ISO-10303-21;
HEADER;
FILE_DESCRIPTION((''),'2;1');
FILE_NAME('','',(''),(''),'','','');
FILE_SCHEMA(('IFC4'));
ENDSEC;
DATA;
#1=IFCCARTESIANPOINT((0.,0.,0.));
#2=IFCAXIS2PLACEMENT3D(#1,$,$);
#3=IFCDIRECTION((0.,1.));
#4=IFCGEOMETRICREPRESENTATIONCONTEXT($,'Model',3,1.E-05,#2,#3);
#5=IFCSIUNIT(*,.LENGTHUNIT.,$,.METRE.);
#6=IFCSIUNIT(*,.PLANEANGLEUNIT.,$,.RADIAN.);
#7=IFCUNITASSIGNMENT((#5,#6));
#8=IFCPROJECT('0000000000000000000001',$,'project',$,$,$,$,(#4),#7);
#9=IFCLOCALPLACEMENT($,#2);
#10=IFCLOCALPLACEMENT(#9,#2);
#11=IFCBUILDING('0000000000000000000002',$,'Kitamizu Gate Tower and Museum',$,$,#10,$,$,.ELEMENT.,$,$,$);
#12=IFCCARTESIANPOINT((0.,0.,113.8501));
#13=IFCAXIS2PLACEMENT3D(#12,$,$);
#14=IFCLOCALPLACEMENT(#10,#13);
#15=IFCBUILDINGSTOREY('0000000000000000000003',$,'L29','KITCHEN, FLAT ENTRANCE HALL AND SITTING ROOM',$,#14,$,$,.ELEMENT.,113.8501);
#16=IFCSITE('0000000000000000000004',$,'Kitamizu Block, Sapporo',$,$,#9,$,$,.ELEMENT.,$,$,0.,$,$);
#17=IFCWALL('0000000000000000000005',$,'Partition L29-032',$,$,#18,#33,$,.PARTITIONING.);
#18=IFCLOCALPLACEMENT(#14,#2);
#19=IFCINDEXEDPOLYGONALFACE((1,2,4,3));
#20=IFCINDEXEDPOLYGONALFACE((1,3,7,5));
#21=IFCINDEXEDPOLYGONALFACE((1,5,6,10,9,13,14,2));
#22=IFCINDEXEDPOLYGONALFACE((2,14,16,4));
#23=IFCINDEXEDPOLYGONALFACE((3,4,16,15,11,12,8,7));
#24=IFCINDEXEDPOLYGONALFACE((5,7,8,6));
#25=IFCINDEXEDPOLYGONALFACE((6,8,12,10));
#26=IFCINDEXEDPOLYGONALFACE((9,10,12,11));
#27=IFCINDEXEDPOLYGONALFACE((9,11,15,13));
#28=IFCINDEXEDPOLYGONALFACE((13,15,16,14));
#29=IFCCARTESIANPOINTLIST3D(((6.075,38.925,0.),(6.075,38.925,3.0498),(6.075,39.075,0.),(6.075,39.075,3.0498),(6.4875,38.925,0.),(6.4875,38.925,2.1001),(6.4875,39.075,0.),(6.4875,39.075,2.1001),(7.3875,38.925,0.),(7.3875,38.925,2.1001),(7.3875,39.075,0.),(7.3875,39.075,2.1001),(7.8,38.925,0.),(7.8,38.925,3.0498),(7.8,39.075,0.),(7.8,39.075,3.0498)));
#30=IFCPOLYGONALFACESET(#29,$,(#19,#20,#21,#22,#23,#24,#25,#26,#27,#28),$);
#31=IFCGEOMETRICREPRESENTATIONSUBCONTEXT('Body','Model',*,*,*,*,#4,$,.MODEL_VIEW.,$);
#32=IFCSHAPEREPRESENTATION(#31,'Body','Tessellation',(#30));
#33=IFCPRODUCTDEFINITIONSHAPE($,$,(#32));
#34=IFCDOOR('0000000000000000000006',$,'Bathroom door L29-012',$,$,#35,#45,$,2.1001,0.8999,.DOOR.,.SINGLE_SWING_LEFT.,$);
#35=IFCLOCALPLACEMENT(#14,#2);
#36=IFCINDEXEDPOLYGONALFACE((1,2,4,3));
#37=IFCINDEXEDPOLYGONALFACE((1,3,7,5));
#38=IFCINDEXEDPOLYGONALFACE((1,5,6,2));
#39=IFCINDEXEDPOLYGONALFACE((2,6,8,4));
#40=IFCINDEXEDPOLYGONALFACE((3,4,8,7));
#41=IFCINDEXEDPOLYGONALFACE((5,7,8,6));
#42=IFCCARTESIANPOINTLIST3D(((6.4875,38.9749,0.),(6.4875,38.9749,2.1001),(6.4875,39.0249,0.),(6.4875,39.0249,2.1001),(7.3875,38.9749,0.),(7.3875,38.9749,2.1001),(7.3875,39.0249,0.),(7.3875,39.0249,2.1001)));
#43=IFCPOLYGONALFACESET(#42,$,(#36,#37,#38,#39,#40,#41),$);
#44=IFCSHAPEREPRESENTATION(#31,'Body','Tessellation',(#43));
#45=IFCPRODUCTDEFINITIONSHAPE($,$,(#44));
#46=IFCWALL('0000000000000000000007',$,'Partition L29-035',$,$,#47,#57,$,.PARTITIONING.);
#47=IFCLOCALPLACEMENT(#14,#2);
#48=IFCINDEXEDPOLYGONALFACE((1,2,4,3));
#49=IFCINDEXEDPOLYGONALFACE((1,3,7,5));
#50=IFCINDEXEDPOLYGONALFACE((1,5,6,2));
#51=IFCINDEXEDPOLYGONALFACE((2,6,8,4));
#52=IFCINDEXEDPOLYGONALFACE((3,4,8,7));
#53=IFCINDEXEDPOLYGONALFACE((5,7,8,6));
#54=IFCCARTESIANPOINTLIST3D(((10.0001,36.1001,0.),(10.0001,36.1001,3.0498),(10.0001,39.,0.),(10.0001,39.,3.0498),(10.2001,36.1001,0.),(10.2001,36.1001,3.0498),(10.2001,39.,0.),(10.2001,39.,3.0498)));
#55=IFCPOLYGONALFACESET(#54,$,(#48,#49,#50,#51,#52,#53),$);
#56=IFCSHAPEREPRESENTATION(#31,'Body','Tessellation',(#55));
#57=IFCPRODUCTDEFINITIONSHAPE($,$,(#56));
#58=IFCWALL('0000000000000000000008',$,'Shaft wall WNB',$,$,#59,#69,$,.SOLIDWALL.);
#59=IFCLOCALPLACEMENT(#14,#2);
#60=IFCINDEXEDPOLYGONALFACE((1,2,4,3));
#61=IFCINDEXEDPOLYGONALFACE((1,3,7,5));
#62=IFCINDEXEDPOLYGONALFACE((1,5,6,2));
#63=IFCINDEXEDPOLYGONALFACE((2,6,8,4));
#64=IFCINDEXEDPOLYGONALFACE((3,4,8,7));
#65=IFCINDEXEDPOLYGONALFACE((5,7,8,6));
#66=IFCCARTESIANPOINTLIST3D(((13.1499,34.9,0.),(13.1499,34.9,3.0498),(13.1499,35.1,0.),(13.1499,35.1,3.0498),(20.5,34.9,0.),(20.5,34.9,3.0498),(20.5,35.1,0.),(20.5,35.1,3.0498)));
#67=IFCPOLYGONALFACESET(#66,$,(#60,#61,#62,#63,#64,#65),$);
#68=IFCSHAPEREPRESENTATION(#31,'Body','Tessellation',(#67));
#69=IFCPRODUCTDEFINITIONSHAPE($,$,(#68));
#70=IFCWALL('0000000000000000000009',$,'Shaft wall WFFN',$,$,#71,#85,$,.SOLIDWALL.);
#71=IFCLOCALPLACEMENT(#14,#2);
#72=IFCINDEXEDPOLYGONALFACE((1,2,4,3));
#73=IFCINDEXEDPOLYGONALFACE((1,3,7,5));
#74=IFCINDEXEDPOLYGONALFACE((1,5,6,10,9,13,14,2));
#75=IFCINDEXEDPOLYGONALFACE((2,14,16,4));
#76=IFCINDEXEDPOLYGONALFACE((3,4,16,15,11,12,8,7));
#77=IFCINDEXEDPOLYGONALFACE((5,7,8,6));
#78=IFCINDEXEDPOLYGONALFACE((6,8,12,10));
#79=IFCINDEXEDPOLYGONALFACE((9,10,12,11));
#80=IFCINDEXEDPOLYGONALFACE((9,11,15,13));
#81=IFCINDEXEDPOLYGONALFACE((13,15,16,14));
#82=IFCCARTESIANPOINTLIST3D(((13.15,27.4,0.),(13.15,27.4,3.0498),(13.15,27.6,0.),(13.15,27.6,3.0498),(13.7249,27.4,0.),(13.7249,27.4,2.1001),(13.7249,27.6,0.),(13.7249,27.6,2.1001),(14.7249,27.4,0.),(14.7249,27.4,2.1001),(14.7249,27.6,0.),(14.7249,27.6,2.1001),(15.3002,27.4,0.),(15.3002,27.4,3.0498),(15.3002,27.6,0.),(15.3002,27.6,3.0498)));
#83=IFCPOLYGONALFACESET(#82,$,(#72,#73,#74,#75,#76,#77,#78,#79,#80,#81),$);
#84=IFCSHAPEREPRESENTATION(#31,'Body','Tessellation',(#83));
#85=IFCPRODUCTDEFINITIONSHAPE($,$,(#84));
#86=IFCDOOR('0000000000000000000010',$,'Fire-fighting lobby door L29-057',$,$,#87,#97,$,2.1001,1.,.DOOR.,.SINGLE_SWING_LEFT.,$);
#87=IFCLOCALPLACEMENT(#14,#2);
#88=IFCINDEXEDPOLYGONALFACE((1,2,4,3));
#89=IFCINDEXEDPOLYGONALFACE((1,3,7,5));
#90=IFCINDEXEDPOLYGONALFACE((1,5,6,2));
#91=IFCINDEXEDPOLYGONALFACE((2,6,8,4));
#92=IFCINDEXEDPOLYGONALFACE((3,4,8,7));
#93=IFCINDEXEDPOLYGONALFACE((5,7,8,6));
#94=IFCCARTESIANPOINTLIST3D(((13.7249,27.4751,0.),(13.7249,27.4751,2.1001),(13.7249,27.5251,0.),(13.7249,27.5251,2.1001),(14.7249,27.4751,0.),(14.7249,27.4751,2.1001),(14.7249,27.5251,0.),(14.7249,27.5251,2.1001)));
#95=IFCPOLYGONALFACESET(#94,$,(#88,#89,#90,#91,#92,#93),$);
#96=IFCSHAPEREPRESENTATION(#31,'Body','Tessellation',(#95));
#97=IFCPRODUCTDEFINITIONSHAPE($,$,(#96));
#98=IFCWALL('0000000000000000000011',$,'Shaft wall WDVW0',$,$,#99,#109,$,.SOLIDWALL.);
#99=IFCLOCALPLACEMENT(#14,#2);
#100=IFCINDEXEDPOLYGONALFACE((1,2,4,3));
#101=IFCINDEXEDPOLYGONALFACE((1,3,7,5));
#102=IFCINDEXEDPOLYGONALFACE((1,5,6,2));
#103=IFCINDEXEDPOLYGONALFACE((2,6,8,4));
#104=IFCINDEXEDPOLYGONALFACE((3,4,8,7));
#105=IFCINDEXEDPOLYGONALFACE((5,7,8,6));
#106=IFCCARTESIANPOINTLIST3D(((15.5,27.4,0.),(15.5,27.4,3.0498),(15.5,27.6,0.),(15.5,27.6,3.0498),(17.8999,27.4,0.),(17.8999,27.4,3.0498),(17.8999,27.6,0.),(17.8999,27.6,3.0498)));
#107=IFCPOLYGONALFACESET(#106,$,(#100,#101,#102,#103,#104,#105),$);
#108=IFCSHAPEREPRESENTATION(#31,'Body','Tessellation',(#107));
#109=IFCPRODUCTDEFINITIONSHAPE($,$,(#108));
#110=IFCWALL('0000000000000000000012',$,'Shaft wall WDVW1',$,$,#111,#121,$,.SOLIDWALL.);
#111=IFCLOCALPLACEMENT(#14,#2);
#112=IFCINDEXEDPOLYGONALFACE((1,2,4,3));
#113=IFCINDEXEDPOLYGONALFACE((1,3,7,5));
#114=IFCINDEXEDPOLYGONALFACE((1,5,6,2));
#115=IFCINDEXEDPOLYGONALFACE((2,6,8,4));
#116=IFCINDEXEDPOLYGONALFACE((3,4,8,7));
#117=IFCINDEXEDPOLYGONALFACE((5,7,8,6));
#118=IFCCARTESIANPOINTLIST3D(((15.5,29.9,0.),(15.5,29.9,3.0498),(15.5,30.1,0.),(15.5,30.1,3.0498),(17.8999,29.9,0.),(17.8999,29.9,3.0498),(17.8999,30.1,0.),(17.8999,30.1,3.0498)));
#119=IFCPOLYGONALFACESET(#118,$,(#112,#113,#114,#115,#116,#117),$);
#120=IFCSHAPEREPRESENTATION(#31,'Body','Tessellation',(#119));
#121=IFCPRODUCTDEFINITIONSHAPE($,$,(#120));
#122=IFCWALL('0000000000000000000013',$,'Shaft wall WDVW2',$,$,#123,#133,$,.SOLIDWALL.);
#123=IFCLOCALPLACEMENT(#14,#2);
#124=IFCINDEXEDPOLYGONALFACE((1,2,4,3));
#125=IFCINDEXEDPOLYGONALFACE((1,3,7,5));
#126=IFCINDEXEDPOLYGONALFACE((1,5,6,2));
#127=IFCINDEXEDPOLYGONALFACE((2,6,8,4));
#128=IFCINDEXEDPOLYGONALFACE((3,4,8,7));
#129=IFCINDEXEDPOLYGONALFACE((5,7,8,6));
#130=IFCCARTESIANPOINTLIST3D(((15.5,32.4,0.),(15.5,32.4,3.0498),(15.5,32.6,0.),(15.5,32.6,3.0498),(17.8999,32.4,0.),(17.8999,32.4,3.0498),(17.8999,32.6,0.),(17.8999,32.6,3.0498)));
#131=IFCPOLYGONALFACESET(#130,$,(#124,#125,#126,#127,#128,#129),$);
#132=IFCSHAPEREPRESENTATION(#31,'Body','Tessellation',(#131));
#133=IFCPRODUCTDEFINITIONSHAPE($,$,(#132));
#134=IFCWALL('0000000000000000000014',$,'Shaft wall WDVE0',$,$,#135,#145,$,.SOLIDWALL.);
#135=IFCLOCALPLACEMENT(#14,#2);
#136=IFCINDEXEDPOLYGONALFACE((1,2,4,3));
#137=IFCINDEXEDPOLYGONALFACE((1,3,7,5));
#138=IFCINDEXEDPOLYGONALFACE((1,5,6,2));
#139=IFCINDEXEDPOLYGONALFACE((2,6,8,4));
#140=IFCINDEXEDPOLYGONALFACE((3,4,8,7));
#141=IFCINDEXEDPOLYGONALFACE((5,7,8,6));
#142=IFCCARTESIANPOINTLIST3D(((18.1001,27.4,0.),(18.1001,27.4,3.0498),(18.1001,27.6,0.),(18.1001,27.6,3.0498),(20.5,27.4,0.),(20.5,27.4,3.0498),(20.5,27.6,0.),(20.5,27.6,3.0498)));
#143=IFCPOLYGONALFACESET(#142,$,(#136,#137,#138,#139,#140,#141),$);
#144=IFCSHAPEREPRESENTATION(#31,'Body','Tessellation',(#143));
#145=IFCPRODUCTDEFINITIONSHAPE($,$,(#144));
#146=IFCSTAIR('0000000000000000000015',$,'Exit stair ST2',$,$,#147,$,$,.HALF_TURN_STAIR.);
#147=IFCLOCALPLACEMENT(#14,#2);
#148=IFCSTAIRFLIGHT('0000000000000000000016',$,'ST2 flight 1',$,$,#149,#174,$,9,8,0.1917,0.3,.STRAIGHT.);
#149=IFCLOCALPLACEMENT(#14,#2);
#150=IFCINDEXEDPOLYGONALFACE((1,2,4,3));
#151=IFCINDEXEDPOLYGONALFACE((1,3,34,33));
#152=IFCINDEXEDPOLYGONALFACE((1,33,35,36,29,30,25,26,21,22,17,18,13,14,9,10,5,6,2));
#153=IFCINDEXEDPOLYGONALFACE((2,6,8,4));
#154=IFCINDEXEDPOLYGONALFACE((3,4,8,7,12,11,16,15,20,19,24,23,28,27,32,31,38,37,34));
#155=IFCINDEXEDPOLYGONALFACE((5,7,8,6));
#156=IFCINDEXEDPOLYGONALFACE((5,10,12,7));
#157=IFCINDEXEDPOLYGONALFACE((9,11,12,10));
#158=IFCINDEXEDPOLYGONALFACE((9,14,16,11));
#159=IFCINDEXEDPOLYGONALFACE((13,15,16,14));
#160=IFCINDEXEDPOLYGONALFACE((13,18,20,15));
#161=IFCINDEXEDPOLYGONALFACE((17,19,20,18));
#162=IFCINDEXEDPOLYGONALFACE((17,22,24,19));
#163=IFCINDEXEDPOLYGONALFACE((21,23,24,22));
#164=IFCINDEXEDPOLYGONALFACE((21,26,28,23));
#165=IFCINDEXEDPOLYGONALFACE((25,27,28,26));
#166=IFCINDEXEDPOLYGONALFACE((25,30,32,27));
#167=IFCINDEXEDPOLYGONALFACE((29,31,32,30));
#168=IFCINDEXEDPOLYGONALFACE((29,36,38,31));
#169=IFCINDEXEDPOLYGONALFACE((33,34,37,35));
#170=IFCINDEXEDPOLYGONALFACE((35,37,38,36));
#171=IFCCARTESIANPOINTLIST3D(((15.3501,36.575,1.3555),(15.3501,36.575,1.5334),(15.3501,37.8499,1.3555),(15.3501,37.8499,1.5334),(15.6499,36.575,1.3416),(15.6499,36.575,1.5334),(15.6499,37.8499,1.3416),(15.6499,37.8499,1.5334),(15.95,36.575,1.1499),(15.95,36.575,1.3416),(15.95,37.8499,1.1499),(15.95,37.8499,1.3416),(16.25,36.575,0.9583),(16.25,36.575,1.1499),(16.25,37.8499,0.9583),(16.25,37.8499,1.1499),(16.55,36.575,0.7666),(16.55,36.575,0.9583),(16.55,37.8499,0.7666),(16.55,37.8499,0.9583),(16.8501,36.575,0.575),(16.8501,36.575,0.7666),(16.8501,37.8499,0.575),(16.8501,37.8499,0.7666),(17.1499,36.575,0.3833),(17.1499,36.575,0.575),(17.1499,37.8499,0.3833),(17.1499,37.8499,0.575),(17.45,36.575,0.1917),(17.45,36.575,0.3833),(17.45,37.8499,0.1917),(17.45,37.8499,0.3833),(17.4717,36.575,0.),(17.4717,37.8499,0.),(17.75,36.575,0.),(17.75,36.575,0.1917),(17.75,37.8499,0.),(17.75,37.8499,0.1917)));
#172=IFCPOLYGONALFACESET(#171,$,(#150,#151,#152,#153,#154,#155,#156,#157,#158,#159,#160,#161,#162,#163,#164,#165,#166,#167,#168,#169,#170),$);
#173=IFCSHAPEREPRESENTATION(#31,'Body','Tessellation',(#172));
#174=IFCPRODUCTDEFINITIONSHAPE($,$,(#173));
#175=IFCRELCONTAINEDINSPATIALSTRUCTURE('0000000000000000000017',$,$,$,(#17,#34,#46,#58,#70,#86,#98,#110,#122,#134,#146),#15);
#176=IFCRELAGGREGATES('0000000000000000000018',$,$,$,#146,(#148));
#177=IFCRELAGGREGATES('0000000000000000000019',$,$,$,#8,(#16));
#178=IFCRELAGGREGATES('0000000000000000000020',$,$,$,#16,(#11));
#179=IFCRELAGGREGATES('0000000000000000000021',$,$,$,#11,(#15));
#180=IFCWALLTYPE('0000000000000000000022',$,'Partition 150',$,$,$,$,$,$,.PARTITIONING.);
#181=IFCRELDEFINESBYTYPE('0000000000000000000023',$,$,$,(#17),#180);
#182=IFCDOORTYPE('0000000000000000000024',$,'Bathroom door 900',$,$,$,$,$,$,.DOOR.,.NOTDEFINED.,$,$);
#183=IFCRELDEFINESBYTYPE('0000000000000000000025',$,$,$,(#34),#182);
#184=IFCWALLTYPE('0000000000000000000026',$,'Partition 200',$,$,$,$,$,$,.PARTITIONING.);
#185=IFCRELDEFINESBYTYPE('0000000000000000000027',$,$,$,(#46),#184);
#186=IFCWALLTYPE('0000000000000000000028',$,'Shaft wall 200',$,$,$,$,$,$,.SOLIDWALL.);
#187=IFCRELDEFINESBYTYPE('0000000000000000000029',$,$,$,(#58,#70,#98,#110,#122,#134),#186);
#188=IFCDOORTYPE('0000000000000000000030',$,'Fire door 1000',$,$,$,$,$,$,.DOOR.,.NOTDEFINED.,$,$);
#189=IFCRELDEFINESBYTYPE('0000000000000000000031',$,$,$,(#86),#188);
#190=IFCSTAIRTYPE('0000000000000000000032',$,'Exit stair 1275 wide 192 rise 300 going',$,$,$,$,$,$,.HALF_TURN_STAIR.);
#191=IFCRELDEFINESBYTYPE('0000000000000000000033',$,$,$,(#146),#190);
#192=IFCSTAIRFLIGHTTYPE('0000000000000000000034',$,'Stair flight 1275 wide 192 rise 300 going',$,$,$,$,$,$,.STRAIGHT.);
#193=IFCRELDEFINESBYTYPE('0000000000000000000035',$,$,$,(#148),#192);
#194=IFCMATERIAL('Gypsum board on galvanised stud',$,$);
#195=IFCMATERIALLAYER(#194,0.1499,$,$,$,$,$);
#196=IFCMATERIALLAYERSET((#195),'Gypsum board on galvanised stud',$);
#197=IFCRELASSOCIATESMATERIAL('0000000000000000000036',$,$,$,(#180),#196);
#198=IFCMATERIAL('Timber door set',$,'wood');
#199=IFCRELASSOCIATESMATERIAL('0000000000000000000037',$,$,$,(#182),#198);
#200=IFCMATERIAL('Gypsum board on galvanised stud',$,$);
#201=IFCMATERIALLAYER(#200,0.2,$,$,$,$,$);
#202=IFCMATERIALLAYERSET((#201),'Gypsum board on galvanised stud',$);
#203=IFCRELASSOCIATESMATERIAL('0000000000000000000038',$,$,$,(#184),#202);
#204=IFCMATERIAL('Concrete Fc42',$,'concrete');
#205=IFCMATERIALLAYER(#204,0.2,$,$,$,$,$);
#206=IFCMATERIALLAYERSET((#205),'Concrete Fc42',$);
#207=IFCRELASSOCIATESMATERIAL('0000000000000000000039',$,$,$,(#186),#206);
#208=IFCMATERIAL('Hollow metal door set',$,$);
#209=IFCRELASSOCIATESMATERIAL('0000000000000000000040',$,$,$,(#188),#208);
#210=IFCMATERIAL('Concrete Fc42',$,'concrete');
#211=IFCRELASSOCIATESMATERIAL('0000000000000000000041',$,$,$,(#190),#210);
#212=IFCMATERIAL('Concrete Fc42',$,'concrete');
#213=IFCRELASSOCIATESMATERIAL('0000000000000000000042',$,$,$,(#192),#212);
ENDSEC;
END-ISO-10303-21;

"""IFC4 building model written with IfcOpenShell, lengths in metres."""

from ifc_helpers import new_model, si_unit, direction, frame, frame_2d, origin, place, context, subcontext, project, spatial, polyline, rectangle, outline, extrude, material, layer, layer_set, type_object, element, fill, aggregate, save


model = new_model("IFC4")

# Units and contexts
model_context = context("Model", 3, precision=1e-05, world=origin(), true_north=direction((0.0, 1.0)))
body_context = subcontext(model_context, "Body", "Model", "MODEL_VIEW")
ifc_project = project(units=[si_unit("LENGTHUNIT", "METRE"), si_unit("PLANEANGLEUNIT", "RADIAN")], contexts=[model_context])

# Site, building, storey
site_placement = place(None, origin())
site = spatial("IfcSite", under=ifc_project, at=site_placement, Name="Kitamizu Block, Sapporo", CompositionType="ELEMENT", RefElevation=0.0)
building_placement = place(site_placement, origin())
building = spatial("IfcBuilding", under=site, at=building_placement, Name="Kitamizu Gate Tower and Museum", CompositionType="ELEMENT")
storey_placement = place(building_placement, frame((0.0, 0.0, 113.8501)))
storey = spatial("IfcBuildingStorey", under=building, at=storey_placement, Name="L29", Description="KITCHEN, FLAT ENTRANCE HALL AND SITTING ROOM", CompositionType="ELEMENT", Elevation=113.8501)

# Shared definitions
ifc_material_1 = material(Name="Gypsum board on galvanised stud")
ifc_layer_1 = layer(ifc_material_1, 0.1499)
ifc_layer_set_1 = layer_set([ifc_layer_1], Name="Gypsum board on galvanised stud")
wall_type_1 = type_object("IfcWallType", Name="Partition 150", PredefinedType="PARTITIONING", material=ifc_layer_set_1)

# Wall, opening, door
wall_1_placement = place(storey_placement, frame((7.8, 39.0, 0.0), z_axis=(0.0, 0.0, 1.0), x_axis=(-1.0, 0.0, 0.0)))
wall_1 = element("IfcWall", 1, at=wall_1_placement, inside=storey, type_object=wall_type_1, Name="Partition L29-032", PredefinedType="PARTITIONING", context=body_context, shape_type="SweptSolid", body=[
    extrude(rectangle(XDim=1.7251, YDim=0.1499, at=frame_2d((0.8625, 0.0))), origin(), (0.0, 0.0, 1.0), 3.0498),
])
opening_1_placement = place(wall_1_placement, frame((0.4126, 0.0, 0.0)))
opening_1 = element("IfcOpeningElement", 2, at=opening_1_placement, cuts=wall_1, PredefinedType="OPENING", context=body_context, shape_type="SweptSolid", body=[
    extrude(rectangle(XDim=0.8999, YDim=2.1001, at=frame_2d((0.45, 1.05))), frame((0.0, 0.085, 0.0), z_axis=(0.0, -1.0, 0.0), x_axis=(1.0, 0.0, 0.0)), (0.0, 0.0, 1.0), 0.1699),
])
ifc_material_2 = material(Name="Timber door set", Category="wood")
door_type_1 = type_object("IfcDoorType", Name="Bathroom door 900", OperationType="NOTDEFINED", PredefinedType="DOOR", material=ifc_material_2)
door_1_placement = place(opening_1_placement, frame((0.8999, 0.0, 0.0), x_axis=(-1.0, 0.0, 0.0)))
door_1 = element("IfcDoor", 3, at=door_1_placement, inside=storey, type_object=door_type_1, Name="Bathroom door L29-012", OperationType="SINGLE_SWING_LEFT", OverallHeight=2.1001, OverallWidth=0.8999, PredefinedType="DOOR", context=body_context, shape_type="SweptSolid", body=[
    extrude(rectangle(XDim=0.8999, YDim=2.1001, at=frame_2d((0.45, 1.05))), frame((0.0, 0.0249, 0.0), z_axis=(0.0, -1.0, 0.0), x_axis=(1.0, 0.0, 0.0)), (0.0, 0.0, 1.0), 0.05),
])
fill(opening_1, door_1)

# Walls
ifc_material_3 = material(Name="Gypsum board on galvanised stud")
ifc_layer_2 = layer(ifc_material_3, 0.2)
ifc_layer_set_2 = layer_set([ifc_layer_2], Name="Gypsum board on galvanised stud")
wall_type_2 = type_object("IfcWallType", Name="Partition 200", PredefinedType="PARTITIONING", material=ifc_layer_set_2)
wall_2_placement = place(storey_placement, frame((10.1001, 36.1001, 0.0), z_axis=(0.0, 0.0, 1.0), x_axis=(0.0, 1.0, 0.0)))
element("IfcWall", 4, at=wall_2_placement, inside=storey, type_object=wall_type_2, Name="Partition L29-035", PredefinedType="PARTITIONING", context=body_context, shape_type="SweptSolid", body=[
    extrude(rectangle(XDim=2.8999, YDim=0.2, at=frame_2d((1.45, 0.0))), origin(), (0.0, 0.0, 1.0), 3.0498),
])
ifc_material_4 = material(Name="Concrete Fc42", Category="concrete")
ifc_layer_3 = layer(ifc_material_4, 0.2)
ifc_layer_set_3 = layer_set([ifc_layer_3], Name="Concrete Fc42")
wall_type_3 = type_object("IfcWallType", Name="Shaft wall 200", PredefinedType="SOLIDWALL", material=ifc_layer_set_3)
wall_3_placement = place(storey_placement, frame((13.1499, 35.0, 0.0), z_axis=(0.0, 0.0, 1.0), x_axis=(1.0, 0.0, 0.0)))
element("IfcWall", 5, at=wall_3_placement, inside=storey, type_object=wall_type_3, Name="Shaft wall WNB", PredefinedType="SOLIDWALL", context=body_context, shape_type="SweptSolid", body=[
    extrude(rectangle(XDim=7.3501, YDim=0.2, at=frame_2d((3.675, 0.0))), origin(), (0.0, 0.0, 1.0), 3.0498),
])

# Wall, opening, door
wall_4_placement = place(storey_placement, frame((13.1499, 27.5, 0.0), z_axis=(0.0, 0.0, 1.0), x_axis=(1.0, 0.0, 0.0)))
wall_4 = element("IfcWall", 6, at=wall_4_placement, inside=storey, type_object=wall_type_3, Name="Shaft wall WFFN", PredefinedType="SOLIDWALL", context=body_context, shape_type="SweptSolid", body=[
    extrude(rectangle(XDim=2.1501, YDim=0.2, at=frame_2d((1.0752, 0.0))), origin(), (0.0, 0.0, 1.0), 3.0498),
])
opening_2_placement = place(wall_4_placement, frame((0.575, 0.0, 0.0)))
opening_2 = element("IfcOpeningElement", 7, at=opening_2_placement, cuts=wall_4, PredefinedType="OPENING", context=body_context, shape_type="SweptSolid", body=[
    extrude(rectangle(XDim=1.0, YDim=2.1001, at=frame_2d((0.5, 1.05))), frame((0.0, 0.1099, 0.0), z_axis=(0.0, -1.0, 0.0), x_axis=(1.0, 0.0, 0.0)), (0.0, 0.0, 1.0), 0.22),
])
ifc_material_5 = material(Name="Hollow metal door set")
door_type_2 = type_object("IfcDoorType", Name="Fire door 1000", OperationType="NOTDEFINED", PredefinedType="DOOR", material=ifc_material_5)
door_2_placement = place(opening_2_placement, frame((1.0, 0.0, 0.0), x_axis=(-1.0, 0.0, 0.0)))
door_2 = element("IfcDoor", 8, at=door_2_placement, inside=storey, type_object=door_type_2, Name="Fire-fighting lobby door L29-057", OperationType="SINGLE_SWING_LEFT", OverallHeight=2.1001, OverallWidth=1.0, PredefinedType="DOOR", context=body_context, shape_type="SweptSolid", body=[
    extrude(rectangle(XDim=1.0, YDim=2.1001, at=frame_2d((0.5, 1.05))), frame((0.0, 0.0249, 0.0), z_axis=(0.0, -1.0, 0.0), x_axis=(1.0, 0.0, 0.0)), (0.0, 0.0, 1.0), 0.05),
])
fill(opening_2, door_2)

# Walls
for number, where, z_axis, x_axis, name in (
    (9, (15.5, 27.5, 0.0), (0.0, 0.0, 1.0), (1.0, 0.0, 0.0), "Shaft wall WDVW0"),
    (10, (15.5, 30.0, 0.0), (0.0, 0.0, 1.0), (1.0, 0.0, 0.0), "Shaft wall WDVW1"),
    (11, (15.5, 32.5, 0.0), (0.0, 0.0, 1.0), (1.0, 0.0, 0.0), "Shaft wall WDVW2"),
    (12, (18.1001, 27.5, 0.0), (0.0, 0.0, 1.0), (1.0, 0.0, 0.0), "Shaft wall WDVE0"),
):
    element("IfcWall", number, at=place(storey_placement, frame(where, z_axis=z_axis, x_axis=x_axis)), inside=storey, type_object=wall_type_3, Name=name, PredefinedType="SOLIDWALL", context=body_context, shape_type="SweptSolid", body=[
        extrude(rectangle(XDim=2.3999, YDim=0.2, at=frame_2d((1.2, 0.0))), origin(), (0.0, 0.0, 1.0), 3.0498),
    ])

# Stair, stair flight
ifc_material_6 = material(Name="Concrete Fc42", Category="concrete")
stair_type = type_object("IfcStairType", Name="Exit stair 1275 wide 192 rise 300 going", PredefinedType="HALF_TURN_STAIR", material=ifc_material_6)
stair_placement = place(storey_placement, origin())
stair = element("IfcStair", 13, at=stair_placement, inside=storey, type_object=stair_type, Name="Exit stair ST2", PredefinedType="HALF_TURN_STAIR")
ifc_material_7 = material(Name="Concrete Fc42", Category="concrete")
stair_flight_type = type_object("IfcStairFlightType", Name="Stair flight 1275 wide 192 rise 300 going", PredefinedType="STRAIGHT", material=ifc_material_7)
stair_flight_1_placement = place(storey_placement, frame((17.75, 37.2124, 0.0), z_axis=(0.0, 0.0, 1.0), x_axis=(-1.0, 0.0, 0.0)))
stair_flight_1 = element("IfcStairFlight", 14, at=stair_flight_1_placement, type_object=stair_flight_type, Name="ST2 flight 1", NumberOfRisers=9, NumberOfTreads=8, PredefinedType="STRAIGHT", RiserHeight=0.1917, TreadLength=0.3, context=body_context, shape_type="SweptSolid", body=[
    extrude(outline(polyline([(0.0, 0.0), (0.0, 0.1917), (0.3, 0.1917), (0.3, 0.3833), (0.6001, 0.3833), (0.6001, 0.575), (0.8999, 0.575), (0.8999, 0.7666), (1.2, 0.7666), (1.2, 0.9583), (1.5, 0.9583), (1.5, 1.1499), (1.8, 1.1499), (1.8, 1.3416), (2.1001, 1.3416), (2.1001, 1.5334), (2.3999, 1.5334), (2.3999, 1.7251), (2.3999, 1.3555), (0.2783, 0.0), (0.0, 0.0)])), frame((0.0, 0.6375, 0.0), z_axis=(0.0, -1.0, 0.0), x_axis=(1.0, 0.0, 0.0)), (0.0, 0.0, 1.0), 1.2749),
])
aggregate(stair, [stair_flight_1])

save(model, "model.ifc")
